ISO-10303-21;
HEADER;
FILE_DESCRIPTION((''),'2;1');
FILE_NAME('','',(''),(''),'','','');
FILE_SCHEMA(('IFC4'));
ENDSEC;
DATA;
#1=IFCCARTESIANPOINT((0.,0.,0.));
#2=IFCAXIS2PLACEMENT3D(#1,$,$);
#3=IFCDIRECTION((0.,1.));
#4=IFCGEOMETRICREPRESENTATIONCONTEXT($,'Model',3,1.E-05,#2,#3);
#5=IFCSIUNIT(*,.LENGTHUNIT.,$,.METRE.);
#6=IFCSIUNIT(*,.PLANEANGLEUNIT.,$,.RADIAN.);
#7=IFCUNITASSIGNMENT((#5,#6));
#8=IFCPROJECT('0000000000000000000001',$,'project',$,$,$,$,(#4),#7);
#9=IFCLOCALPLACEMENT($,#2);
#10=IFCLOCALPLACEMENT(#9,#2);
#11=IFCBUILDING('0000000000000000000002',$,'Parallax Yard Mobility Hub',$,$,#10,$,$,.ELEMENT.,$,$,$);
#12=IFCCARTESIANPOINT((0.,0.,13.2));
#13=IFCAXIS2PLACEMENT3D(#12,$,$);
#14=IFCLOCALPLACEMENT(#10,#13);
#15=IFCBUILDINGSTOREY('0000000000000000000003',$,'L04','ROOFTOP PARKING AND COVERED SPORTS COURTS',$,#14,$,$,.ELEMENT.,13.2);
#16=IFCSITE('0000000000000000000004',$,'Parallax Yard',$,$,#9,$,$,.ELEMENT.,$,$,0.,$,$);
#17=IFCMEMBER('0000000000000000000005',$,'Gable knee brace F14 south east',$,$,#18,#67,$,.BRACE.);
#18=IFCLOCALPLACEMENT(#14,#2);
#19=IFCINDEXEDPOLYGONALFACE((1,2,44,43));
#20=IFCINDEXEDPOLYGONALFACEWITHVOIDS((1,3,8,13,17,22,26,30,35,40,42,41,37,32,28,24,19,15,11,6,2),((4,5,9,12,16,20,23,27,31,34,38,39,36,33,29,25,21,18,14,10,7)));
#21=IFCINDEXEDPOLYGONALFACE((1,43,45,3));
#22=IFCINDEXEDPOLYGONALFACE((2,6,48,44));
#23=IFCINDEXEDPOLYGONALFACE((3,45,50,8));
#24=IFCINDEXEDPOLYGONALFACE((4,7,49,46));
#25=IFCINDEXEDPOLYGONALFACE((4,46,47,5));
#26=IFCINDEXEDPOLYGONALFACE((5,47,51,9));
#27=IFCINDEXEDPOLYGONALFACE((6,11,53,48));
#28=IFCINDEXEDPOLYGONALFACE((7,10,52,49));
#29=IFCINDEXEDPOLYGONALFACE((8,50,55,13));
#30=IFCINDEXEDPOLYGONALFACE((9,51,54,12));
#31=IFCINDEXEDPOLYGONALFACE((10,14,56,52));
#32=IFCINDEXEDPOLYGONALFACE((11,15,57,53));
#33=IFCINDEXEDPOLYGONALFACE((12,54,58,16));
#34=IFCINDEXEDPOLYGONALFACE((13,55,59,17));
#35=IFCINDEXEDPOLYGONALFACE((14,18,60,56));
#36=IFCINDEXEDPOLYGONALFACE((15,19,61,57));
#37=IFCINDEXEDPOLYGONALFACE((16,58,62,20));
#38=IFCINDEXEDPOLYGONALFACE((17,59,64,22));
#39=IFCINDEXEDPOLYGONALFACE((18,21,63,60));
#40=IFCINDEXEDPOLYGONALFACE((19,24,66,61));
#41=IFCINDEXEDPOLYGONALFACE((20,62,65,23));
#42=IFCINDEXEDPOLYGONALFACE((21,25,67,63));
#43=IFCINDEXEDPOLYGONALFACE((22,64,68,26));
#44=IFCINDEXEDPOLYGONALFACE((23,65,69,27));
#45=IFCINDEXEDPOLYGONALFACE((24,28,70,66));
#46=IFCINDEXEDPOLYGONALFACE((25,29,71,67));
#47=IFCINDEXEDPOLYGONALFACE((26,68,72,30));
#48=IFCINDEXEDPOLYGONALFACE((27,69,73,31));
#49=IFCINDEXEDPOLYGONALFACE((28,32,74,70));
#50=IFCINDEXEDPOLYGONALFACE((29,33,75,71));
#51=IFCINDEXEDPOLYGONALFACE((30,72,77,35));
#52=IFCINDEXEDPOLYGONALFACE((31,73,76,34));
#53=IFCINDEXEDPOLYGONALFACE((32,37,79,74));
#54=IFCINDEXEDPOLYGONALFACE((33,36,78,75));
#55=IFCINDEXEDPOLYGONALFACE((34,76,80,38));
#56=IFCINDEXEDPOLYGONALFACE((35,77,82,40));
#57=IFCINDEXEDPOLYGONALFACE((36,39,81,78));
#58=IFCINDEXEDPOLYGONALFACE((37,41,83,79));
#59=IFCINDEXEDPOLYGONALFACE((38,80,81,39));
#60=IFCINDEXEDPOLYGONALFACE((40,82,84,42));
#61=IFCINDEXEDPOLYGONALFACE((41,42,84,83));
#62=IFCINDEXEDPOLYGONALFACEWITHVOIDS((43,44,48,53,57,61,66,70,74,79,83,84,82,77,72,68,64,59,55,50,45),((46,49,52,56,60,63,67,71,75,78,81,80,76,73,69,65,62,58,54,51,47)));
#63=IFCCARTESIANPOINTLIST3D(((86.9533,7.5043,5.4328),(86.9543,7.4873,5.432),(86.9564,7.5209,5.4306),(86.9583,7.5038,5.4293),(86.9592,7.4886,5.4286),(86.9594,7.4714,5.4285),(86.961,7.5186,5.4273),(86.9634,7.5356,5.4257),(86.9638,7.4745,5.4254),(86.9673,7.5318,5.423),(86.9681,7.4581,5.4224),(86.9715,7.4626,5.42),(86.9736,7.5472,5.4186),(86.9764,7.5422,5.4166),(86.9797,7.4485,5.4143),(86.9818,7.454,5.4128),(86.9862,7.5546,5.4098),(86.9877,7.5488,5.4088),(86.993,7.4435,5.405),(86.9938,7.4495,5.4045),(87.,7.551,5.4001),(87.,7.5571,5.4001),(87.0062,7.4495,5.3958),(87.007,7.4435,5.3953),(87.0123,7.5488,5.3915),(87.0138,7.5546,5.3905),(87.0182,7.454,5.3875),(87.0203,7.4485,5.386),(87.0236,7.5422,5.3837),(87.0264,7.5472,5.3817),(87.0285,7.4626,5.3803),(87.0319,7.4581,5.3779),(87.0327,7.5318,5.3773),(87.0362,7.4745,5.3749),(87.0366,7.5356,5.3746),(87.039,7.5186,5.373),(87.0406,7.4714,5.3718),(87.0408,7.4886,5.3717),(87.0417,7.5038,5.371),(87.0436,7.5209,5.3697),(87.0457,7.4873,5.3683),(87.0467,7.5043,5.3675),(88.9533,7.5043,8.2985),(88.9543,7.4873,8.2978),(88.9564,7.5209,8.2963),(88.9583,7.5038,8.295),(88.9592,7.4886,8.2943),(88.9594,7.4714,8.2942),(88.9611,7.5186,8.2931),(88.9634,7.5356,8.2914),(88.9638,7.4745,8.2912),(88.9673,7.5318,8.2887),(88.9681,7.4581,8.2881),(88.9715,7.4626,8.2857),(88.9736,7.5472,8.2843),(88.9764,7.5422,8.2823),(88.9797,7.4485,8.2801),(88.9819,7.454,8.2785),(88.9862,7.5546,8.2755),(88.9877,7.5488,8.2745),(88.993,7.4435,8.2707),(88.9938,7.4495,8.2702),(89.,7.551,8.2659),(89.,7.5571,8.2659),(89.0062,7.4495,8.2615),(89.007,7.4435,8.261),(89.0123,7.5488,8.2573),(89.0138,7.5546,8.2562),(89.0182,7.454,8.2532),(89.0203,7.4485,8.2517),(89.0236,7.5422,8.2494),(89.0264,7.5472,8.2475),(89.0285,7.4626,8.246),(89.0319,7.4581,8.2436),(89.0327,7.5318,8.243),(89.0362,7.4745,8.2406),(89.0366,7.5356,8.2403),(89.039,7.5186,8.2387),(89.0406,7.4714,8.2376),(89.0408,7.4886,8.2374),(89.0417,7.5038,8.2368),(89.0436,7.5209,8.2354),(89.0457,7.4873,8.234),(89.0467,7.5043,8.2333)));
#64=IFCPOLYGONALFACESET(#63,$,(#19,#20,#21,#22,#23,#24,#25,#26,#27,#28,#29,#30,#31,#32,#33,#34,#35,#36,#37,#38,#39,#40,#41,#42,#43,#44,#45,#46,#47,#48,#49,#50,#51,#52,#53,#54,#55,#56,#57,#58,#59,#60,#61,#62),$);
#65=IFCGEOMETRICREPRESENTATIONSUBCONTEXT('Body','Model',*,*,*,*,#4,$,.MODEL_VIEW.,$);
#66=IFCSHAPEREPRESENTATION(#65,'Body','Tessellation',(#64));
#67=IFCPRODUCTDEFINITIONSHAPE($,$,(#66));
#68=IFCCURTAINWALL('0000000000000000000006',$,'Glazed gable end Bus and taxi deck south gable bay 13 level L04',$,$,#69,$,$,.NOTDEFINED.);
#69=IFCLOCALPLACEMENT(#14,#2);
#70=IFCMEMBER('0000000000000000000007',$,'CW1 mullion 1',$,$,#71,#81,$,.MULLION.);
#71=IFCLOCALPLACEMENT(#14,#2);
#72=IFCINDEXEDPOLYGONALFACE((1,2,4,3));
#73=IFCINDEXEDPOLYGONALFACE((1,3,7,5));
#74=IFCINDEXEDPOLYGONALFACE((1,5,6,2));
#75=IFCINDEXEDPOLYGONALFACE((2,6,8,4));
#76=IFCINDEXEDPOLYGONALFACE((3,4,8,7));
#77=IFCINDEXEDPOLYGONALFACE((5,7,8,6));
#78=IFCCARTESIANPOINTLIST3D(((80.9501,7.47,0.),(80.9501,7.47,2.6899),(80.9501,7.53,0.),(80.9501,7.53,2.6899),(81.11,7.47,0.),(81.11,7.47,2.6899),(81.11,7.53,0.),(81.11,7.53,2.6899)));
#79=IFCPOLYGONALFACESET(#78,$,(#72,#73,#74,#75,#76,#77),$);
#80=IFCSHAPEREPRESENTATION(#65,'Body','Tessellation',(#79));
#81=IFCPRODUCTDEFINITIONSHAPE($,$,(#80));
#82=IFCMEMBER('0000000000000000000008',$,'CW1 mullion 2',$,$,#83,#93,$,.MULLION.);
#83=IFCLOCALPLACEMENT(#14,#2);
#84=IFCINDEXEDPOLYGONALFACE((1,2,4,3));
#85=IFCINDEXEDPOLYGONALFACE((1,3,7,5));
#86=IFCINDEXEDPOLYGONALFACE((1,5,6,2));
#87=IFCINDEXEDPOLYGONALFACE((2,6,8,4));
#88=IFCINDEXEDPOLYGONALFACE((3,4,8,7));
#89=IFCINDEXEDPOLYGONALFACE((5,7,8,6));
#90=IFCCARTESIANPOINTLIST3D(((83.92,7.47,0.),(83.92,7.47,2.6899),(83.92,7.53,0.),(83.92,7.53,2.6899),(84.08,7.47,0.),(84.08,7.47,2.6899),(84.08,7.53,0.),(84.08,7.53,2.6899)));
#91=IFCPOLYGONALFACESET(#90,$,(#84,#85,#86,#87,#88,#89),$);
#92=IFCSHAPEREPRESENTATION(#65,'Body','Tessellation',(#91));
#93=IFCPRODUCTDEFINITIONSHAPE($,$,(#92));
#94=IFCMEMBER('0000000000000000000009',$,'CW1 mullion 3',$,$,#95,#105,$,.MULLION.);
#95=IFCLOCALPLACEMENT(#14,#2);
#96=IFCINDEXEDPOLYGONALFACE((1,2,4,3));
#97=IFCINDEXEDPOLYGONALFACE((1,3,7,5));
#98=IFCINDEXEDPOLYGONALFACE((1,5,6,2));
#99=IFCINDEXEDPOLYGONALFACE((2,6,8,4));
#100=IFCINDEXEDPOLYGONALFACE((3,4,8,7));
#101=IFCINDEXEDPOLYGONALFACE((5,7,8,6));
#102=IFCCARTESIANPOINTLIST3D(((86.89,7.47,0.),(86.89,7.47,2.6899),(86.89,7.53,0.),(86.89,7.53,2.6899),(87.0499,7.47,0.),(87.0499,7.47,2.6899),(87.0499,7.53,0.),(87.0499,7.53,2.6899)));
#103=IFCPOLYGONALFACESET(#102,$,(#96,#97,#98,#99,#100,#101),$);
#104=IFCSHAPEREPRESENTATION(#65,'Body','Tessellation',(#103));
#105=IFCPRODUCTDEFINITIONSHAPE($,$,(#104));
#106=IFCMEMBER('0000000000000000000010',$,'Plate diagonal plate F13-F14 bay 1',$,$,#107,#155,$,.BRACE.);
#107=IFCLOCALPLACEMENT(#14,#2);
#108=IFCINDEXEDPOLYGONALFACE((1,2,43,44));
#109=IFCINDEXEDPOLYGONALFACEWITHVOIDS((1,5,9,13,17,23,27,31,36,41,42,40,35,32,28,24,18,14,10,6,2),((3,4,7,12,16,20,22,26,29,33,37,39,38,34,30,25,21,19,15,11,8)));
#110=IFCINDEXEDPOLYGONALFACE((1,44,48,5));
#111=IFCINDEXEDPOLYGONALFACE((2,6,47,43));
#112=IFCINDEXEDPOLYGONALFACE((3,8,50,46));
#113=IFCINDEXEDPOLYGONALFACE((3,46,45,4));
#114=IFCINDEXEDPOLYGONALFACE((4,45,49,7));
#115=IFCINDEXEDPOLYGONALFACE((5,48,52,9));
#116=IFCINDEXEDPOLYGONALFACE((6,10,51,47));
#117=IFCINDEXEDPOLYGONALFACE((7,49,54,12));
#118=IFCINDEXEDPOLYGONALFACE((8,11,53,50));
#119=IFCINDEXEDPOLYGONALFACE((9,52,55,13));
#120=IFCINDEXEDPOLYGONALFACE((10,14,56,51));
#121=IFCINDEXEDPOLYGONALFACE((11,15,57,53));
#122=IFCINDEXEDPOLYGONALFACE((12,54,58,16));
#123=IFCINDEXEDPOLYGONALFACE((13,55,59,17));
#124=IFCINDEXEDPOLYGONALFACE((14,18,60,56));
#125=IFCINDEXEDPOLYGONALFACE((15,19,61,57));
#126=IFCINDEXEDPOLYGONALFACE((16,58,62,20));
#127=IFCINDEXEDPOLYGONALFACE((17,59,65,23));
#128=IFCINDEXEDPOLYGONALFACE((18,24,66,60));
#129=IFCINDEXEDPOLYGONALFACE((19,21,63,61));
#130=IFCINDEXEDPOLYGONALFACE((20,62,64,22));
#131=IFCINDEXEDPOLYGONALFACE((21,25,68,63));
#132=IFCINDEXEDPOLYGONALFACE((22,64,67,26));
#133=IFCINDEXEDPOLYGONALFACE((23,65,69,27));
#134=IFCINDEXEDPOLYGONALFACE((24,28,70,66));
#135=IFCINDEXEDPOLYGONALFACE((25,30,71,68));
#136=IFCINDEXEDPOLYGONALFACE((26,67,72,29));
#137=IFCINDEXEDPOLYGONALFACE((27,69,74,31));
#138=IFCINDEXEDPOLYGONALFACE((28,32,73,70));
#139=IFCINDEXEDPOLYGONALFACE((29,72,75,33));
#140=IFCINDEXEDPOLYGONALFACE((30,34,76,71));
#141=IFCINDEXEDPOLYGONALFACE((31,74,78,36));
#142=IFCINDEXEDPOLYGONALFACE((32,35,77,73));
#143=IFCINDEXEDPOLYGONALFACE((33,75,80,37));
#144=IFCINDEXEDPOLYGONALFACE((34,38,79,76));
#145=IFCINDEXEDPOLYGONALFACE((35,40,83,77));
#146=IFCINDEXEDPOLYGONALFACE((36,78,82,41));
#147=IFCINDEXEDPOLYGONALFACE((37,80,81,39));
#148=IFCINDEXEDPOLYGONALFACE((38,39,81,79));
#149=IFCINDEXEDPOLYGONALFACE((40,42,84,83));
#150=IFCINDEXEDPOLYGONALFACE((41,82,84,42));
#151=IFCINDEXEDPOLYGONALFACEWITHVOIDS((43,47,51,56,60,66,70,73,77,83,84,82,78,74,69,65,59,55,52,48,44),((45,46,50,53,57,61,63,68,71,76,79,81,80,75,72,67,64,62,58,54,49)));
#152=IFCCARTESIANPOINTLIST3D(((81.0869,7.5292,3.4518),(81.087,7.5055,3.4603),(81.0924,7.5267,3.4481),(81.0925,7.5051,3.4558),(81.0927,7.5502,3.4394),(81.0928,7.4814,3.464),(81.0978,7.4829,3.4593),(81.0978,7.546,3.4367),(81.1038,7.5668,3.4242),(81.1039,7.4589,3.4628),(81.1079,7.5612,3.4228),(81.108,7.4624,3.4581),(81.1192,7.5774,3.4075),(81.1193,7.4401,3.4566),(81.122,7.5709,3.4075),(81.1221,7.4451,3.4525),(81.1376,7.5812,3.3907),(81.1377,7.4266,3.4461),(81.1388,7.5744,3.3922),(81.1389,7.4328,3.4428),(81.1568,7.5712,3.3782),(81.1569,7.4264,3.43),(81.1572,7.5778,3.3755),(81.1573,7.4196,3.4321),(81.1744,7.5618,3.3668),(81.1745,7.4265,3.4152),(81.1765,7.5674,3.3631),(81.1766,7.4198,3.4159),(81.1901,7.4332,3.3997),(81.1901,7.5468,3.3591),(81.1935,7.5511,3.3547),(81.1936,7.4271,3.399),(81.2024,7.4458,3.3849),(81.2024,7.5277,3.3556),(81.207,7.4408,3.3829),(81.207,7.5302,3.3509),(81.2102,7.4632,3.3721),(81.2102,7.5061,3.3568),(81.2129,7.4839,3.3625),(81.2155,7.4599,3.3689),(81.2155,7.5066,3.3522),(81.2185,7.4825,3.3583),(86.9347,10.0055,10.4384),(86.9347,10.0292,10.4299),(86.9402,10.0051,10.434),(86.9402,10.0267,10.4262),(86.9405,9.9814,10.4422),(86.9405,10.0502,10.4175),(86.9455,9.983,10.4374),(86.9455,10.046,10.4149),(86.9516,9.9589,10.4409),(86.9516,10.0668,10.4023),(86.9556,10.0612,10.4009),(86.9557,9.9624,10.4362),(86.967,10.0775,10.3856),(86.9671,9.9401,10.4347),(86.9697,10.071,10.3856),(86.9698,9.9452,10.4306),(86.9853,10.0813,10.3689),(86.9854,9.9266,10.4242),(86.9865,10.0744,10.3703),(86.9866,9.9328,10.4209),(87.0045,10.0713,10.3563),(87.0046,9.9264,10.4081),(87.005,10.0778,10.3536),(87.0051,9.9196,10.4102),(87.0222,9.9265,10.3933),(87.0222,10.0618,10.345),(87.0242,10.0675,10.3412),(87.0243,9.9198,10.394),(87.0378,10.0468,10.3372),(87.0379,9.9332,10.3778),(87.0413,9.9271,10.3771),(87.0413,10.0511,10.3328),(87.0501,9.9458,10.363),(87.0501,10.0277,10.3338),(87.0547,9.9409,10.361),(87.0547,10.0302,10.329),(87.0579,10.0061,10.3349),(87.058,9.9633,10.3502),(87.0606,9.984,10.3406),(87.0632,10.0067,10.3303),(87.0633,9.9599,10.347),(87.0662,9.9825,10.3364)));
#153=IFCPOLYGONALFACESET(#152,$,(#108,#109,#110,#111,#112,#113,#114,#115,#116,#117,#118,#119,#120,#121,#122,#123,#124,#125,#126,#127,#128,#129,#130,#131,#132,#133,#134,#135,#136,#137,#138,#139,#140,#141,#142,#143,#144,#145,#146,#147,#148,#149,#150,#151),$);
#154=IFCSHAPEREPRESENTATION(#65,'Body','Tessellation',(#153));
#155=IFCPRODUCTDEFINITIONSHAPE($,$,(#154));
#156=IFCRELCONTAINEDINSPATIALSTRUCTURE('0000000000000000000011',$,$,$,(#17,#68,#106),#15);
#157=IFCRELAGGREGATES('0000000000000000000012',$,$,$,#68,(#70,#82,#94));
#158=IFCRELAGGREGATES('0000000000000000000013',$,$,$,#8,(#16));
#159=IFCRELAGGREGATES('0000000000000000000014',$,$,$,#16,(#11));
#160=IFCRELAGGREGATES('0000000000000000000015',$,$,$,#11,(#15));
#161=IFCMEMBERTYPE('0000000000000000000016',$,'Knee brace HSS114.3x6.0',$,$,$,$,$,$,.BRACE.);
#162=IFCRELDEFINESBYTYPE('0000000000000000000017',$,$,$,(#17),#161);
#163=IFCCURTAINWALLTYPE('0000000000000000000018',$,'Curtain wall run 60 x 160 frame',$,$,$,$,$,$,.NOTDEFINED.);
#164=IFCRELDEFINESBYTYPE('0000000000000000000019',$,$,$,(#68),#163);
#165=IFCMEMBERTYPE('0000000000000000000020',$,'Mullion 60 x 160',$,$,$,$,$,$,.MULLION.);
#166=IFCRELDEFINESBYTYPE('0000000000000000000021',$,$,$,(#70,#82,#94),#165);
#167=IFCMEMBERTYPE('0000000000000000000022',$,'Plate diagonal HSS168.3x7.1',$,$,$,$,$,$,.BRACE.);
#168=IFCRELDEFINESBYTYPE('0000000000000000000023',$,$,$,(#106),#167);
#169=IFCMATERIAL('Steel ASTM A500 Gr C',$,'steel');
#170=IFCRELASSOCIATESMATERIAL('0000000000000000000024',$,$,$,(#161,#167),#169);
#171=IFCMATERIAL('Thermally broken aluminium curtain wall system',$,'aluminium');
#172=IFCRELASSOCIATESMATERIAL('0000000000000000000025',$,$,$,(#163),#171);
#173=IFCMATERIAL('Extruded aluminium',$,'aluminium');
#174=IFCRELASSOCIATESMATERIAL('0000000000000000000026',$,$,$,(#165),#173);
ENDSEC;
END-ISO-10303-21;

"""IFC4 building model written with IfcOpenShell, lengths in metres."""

from ifc_helpers import new_model, si_unit, direction, frame, origin, origin_2d, place, context, subcontext, project, spatial, rectangle, hollow_circle, extrude, material, material_profile, profile_set, type_object, element, aggregate, save


model = new_model("IFC4")

# Units and contexts
model_context = context("Model", 3, precision=1e-05, world=origin(), true_north=direction((0.0, 1.0)))
body_context = subcontext(model_context, "Body", "Model", "MODEL_VIEW")
ifc_project = project(units=[si_unit("LENGTHUNIT", "METRE"), si_unit("PLANEANGLEUNIT", "RADIAN")], contexts=[model_context])

# Site, building, storey
site_placement = place(None, origin())
site = spatial("IfcSite", under=ifc_project, at=site_placement, Name="Parallax Yard", CompositionType="ELEMENT", RefElevation=0.0)
building_placement = place(site_placement, origin())
building = spatial("IfcBuilding", under=site, at=building_placement, Name="Parallax Yard Mobility Hub", CompositionType="ELEMENT")
storey_placement = place(building_placement, frame((0.0, 0.0, 13.2)))
storey = spatial("IfcBuildingStorey", under=building, at=storey_placement, Name="L04", Description="ROOFTOP PARKING AND COVERED SPORTS COURTS", CompositionType="ELEMENT", Elevation=13.2)

# Member
ifc_material_1 = material(Name="Steel ASTM A500 Gr C", Category="steel")
ifc_material_profile_1 = material_profile(ifc_material_1, hollow_circle(Radius=0.0571, WallThickness=0.0061, at=origin_2d()), Name="HSS114.3x6.0")
ifc_profile_set_1 = profile_set([ifc_material_profile_1], Name="Steel ASTM A500 Gr C")
member_type_1 = type_object("IfcMemberType", Name="Knee brace HSS114.3x6.0", PredefinedType="BRACE", material=ifc_profile_set_1)
for number, where, z_axis, x_axis, name in (
    (1, (87.0, 7.5, 5.4001), (0.572308, 0.0, 0.820039), (0.0, 1.0, 0.0), "Gable knee brace F14 south east"),
):
    element("IfcMember", number, at=place(storey_placement, frame(where, z_axis=z_axis, x_axis=x_axis)), inside=storey, type_object=member_type_1, Name=name, PredefinedType="BRACE", context=body_context, shape_type="SweptSolid", body=[
        extrude(hollow_circle(Radius=0.0571, WallThickness=0.0061, at=origin_2d()), origin(), (0.0, 0.0, 1.0), 3.4946),
    ])

# Curtain wall, members
ifc_material_2 = material(Name="Thermally broken aluminium curtain wall system", Category="aluminium")
curtain_wall_type = type_object("IfcCurtainWallType", Name="Curtain wall run 60 x 160 frame", PredefinedType="NOTDEFINED", material=ifc_material_2)
curtain_wall_placement = place(storey_placement, origin())
curtain_wall = element("IfcCurtainWall", 2, at=curtain_wall_placement, inside=storey, type_object=curtain_wall_type, Name="Glazed gable end Bus and taxi deck south gable bay 13 level L04", PredefinedType="NOTDEFINED")
ifc_material_3 = material(Name="Extruded aluminium", Category="aluminium")
ifc_material_profile_2 = material_profile(ifc_material_3, rectangle(XDim=0.0601, YDim=0.1599, at=origin_2d()), Name="Mullion 60 x 160")
ifc_profile_set_2 = profile_set([ifc_material_profile_2], Name="Extruded aluminium")
member_type_2 = type_object("IfcMemberType", Name="Mullion 60 x 160", PredefinedType="MULLION", material=ifc_profile_set_2)
member_1_placement = place(storey_placement, frame((81.03, 7.5, 0.0), z_axis=(0.0, 0.0, 1.0), x_axis=(0.0, 1.0, 0.0)))
member_1 = element("IfcMember", 3, at=member_1_placement, type_object=member_type_2, Name="CW1 mullion 1", PredefinedType="MULLION", context=body_context, shape_type="SweptSolid", body=[
    extrude(rectangle(XDim=0.0601, YDim=0.1599, at=origin_2d()), origin(), (0.0, 0.0, 1.0), 2.6899),
])
member_2_placement = place(storey_placement, frame((84.0, 7.5, 0.0), z_axis=(0.0, 0.0, 1.0), x_axis=(0.0, 1.0, 0.0)))
member_2 = element("IfcMember", 4, at=member_2_placement, type_object=member_type_2, Name="CW1 mullion 2", PredefinedType="MULLION", context=body_context, shape_type="SweptSolid", body=[
    extrude(rectangle(XDim=0.0601, YDim=0.1599, at=origin_2d()), origin(), (0.0, 0.0, 1.0), 2.6899),
])
member_3_placement = place(storey_placement, frame((86.97, 7.5, 0.0), z_axis=(0.0, 0.0, 1.0), x_axis=(0.0, 1.0, 0.0)))
member_3 = element("IfcMember", 5, at=member_3_placement, type_object=member_type_2, Name="CW1 mullion 3", PredefinedType="MULLION", context=body_context, shape_type="SweptSolid", body=[
    extrude(rectangle(XDim=0.0601, YDim=0.1599, at=origin_2d()), origin(), (0.0, 0.0, 1.0), 2.6899),
])

# Member
ifc_material_profile_3 = material_profile(ifc_material_1, hollow_circle(Radius=0.0842, WallThickness=0.0071, at=origin_2d()), Name="HSS168.3x7.1")
ifc_profile_set_3 = profile_set([ifc_material_profile_3], Name="Steel ASTM A500 Gr C")
member_type_3 = type_object("IfcMemberType", Name="Plate diagonal HSS168.3x7.1", PredefinedType="BRACE", material=ifc_profile_set_3)
member_4_placement = place(storey_placement, frame((81.1523, 7.5, 3.4075), z_axis=(0.61937, 0.264794, 0.739097), x_axis=(-0.393104, 0.919494, 0.0)))
element("IfcMember", 6, at=member_4_placement, inside=storey, type_object=member_type_3, Name="Plate diagonal plate F13-F14 bay 1", PredefinedType="BRACE", context=body_context, shape_type="SweptSolid", body=[
    extrude(hollow_circle(Radius=0.0842, WallThickness=0.0071, at=origin_2d()), origin(), (0.0, 0.0, 1.0), 9.4414),
])

aggregate(curtain_wall, [member_1, member_2, member_3])

save(model, "model.ifc")
